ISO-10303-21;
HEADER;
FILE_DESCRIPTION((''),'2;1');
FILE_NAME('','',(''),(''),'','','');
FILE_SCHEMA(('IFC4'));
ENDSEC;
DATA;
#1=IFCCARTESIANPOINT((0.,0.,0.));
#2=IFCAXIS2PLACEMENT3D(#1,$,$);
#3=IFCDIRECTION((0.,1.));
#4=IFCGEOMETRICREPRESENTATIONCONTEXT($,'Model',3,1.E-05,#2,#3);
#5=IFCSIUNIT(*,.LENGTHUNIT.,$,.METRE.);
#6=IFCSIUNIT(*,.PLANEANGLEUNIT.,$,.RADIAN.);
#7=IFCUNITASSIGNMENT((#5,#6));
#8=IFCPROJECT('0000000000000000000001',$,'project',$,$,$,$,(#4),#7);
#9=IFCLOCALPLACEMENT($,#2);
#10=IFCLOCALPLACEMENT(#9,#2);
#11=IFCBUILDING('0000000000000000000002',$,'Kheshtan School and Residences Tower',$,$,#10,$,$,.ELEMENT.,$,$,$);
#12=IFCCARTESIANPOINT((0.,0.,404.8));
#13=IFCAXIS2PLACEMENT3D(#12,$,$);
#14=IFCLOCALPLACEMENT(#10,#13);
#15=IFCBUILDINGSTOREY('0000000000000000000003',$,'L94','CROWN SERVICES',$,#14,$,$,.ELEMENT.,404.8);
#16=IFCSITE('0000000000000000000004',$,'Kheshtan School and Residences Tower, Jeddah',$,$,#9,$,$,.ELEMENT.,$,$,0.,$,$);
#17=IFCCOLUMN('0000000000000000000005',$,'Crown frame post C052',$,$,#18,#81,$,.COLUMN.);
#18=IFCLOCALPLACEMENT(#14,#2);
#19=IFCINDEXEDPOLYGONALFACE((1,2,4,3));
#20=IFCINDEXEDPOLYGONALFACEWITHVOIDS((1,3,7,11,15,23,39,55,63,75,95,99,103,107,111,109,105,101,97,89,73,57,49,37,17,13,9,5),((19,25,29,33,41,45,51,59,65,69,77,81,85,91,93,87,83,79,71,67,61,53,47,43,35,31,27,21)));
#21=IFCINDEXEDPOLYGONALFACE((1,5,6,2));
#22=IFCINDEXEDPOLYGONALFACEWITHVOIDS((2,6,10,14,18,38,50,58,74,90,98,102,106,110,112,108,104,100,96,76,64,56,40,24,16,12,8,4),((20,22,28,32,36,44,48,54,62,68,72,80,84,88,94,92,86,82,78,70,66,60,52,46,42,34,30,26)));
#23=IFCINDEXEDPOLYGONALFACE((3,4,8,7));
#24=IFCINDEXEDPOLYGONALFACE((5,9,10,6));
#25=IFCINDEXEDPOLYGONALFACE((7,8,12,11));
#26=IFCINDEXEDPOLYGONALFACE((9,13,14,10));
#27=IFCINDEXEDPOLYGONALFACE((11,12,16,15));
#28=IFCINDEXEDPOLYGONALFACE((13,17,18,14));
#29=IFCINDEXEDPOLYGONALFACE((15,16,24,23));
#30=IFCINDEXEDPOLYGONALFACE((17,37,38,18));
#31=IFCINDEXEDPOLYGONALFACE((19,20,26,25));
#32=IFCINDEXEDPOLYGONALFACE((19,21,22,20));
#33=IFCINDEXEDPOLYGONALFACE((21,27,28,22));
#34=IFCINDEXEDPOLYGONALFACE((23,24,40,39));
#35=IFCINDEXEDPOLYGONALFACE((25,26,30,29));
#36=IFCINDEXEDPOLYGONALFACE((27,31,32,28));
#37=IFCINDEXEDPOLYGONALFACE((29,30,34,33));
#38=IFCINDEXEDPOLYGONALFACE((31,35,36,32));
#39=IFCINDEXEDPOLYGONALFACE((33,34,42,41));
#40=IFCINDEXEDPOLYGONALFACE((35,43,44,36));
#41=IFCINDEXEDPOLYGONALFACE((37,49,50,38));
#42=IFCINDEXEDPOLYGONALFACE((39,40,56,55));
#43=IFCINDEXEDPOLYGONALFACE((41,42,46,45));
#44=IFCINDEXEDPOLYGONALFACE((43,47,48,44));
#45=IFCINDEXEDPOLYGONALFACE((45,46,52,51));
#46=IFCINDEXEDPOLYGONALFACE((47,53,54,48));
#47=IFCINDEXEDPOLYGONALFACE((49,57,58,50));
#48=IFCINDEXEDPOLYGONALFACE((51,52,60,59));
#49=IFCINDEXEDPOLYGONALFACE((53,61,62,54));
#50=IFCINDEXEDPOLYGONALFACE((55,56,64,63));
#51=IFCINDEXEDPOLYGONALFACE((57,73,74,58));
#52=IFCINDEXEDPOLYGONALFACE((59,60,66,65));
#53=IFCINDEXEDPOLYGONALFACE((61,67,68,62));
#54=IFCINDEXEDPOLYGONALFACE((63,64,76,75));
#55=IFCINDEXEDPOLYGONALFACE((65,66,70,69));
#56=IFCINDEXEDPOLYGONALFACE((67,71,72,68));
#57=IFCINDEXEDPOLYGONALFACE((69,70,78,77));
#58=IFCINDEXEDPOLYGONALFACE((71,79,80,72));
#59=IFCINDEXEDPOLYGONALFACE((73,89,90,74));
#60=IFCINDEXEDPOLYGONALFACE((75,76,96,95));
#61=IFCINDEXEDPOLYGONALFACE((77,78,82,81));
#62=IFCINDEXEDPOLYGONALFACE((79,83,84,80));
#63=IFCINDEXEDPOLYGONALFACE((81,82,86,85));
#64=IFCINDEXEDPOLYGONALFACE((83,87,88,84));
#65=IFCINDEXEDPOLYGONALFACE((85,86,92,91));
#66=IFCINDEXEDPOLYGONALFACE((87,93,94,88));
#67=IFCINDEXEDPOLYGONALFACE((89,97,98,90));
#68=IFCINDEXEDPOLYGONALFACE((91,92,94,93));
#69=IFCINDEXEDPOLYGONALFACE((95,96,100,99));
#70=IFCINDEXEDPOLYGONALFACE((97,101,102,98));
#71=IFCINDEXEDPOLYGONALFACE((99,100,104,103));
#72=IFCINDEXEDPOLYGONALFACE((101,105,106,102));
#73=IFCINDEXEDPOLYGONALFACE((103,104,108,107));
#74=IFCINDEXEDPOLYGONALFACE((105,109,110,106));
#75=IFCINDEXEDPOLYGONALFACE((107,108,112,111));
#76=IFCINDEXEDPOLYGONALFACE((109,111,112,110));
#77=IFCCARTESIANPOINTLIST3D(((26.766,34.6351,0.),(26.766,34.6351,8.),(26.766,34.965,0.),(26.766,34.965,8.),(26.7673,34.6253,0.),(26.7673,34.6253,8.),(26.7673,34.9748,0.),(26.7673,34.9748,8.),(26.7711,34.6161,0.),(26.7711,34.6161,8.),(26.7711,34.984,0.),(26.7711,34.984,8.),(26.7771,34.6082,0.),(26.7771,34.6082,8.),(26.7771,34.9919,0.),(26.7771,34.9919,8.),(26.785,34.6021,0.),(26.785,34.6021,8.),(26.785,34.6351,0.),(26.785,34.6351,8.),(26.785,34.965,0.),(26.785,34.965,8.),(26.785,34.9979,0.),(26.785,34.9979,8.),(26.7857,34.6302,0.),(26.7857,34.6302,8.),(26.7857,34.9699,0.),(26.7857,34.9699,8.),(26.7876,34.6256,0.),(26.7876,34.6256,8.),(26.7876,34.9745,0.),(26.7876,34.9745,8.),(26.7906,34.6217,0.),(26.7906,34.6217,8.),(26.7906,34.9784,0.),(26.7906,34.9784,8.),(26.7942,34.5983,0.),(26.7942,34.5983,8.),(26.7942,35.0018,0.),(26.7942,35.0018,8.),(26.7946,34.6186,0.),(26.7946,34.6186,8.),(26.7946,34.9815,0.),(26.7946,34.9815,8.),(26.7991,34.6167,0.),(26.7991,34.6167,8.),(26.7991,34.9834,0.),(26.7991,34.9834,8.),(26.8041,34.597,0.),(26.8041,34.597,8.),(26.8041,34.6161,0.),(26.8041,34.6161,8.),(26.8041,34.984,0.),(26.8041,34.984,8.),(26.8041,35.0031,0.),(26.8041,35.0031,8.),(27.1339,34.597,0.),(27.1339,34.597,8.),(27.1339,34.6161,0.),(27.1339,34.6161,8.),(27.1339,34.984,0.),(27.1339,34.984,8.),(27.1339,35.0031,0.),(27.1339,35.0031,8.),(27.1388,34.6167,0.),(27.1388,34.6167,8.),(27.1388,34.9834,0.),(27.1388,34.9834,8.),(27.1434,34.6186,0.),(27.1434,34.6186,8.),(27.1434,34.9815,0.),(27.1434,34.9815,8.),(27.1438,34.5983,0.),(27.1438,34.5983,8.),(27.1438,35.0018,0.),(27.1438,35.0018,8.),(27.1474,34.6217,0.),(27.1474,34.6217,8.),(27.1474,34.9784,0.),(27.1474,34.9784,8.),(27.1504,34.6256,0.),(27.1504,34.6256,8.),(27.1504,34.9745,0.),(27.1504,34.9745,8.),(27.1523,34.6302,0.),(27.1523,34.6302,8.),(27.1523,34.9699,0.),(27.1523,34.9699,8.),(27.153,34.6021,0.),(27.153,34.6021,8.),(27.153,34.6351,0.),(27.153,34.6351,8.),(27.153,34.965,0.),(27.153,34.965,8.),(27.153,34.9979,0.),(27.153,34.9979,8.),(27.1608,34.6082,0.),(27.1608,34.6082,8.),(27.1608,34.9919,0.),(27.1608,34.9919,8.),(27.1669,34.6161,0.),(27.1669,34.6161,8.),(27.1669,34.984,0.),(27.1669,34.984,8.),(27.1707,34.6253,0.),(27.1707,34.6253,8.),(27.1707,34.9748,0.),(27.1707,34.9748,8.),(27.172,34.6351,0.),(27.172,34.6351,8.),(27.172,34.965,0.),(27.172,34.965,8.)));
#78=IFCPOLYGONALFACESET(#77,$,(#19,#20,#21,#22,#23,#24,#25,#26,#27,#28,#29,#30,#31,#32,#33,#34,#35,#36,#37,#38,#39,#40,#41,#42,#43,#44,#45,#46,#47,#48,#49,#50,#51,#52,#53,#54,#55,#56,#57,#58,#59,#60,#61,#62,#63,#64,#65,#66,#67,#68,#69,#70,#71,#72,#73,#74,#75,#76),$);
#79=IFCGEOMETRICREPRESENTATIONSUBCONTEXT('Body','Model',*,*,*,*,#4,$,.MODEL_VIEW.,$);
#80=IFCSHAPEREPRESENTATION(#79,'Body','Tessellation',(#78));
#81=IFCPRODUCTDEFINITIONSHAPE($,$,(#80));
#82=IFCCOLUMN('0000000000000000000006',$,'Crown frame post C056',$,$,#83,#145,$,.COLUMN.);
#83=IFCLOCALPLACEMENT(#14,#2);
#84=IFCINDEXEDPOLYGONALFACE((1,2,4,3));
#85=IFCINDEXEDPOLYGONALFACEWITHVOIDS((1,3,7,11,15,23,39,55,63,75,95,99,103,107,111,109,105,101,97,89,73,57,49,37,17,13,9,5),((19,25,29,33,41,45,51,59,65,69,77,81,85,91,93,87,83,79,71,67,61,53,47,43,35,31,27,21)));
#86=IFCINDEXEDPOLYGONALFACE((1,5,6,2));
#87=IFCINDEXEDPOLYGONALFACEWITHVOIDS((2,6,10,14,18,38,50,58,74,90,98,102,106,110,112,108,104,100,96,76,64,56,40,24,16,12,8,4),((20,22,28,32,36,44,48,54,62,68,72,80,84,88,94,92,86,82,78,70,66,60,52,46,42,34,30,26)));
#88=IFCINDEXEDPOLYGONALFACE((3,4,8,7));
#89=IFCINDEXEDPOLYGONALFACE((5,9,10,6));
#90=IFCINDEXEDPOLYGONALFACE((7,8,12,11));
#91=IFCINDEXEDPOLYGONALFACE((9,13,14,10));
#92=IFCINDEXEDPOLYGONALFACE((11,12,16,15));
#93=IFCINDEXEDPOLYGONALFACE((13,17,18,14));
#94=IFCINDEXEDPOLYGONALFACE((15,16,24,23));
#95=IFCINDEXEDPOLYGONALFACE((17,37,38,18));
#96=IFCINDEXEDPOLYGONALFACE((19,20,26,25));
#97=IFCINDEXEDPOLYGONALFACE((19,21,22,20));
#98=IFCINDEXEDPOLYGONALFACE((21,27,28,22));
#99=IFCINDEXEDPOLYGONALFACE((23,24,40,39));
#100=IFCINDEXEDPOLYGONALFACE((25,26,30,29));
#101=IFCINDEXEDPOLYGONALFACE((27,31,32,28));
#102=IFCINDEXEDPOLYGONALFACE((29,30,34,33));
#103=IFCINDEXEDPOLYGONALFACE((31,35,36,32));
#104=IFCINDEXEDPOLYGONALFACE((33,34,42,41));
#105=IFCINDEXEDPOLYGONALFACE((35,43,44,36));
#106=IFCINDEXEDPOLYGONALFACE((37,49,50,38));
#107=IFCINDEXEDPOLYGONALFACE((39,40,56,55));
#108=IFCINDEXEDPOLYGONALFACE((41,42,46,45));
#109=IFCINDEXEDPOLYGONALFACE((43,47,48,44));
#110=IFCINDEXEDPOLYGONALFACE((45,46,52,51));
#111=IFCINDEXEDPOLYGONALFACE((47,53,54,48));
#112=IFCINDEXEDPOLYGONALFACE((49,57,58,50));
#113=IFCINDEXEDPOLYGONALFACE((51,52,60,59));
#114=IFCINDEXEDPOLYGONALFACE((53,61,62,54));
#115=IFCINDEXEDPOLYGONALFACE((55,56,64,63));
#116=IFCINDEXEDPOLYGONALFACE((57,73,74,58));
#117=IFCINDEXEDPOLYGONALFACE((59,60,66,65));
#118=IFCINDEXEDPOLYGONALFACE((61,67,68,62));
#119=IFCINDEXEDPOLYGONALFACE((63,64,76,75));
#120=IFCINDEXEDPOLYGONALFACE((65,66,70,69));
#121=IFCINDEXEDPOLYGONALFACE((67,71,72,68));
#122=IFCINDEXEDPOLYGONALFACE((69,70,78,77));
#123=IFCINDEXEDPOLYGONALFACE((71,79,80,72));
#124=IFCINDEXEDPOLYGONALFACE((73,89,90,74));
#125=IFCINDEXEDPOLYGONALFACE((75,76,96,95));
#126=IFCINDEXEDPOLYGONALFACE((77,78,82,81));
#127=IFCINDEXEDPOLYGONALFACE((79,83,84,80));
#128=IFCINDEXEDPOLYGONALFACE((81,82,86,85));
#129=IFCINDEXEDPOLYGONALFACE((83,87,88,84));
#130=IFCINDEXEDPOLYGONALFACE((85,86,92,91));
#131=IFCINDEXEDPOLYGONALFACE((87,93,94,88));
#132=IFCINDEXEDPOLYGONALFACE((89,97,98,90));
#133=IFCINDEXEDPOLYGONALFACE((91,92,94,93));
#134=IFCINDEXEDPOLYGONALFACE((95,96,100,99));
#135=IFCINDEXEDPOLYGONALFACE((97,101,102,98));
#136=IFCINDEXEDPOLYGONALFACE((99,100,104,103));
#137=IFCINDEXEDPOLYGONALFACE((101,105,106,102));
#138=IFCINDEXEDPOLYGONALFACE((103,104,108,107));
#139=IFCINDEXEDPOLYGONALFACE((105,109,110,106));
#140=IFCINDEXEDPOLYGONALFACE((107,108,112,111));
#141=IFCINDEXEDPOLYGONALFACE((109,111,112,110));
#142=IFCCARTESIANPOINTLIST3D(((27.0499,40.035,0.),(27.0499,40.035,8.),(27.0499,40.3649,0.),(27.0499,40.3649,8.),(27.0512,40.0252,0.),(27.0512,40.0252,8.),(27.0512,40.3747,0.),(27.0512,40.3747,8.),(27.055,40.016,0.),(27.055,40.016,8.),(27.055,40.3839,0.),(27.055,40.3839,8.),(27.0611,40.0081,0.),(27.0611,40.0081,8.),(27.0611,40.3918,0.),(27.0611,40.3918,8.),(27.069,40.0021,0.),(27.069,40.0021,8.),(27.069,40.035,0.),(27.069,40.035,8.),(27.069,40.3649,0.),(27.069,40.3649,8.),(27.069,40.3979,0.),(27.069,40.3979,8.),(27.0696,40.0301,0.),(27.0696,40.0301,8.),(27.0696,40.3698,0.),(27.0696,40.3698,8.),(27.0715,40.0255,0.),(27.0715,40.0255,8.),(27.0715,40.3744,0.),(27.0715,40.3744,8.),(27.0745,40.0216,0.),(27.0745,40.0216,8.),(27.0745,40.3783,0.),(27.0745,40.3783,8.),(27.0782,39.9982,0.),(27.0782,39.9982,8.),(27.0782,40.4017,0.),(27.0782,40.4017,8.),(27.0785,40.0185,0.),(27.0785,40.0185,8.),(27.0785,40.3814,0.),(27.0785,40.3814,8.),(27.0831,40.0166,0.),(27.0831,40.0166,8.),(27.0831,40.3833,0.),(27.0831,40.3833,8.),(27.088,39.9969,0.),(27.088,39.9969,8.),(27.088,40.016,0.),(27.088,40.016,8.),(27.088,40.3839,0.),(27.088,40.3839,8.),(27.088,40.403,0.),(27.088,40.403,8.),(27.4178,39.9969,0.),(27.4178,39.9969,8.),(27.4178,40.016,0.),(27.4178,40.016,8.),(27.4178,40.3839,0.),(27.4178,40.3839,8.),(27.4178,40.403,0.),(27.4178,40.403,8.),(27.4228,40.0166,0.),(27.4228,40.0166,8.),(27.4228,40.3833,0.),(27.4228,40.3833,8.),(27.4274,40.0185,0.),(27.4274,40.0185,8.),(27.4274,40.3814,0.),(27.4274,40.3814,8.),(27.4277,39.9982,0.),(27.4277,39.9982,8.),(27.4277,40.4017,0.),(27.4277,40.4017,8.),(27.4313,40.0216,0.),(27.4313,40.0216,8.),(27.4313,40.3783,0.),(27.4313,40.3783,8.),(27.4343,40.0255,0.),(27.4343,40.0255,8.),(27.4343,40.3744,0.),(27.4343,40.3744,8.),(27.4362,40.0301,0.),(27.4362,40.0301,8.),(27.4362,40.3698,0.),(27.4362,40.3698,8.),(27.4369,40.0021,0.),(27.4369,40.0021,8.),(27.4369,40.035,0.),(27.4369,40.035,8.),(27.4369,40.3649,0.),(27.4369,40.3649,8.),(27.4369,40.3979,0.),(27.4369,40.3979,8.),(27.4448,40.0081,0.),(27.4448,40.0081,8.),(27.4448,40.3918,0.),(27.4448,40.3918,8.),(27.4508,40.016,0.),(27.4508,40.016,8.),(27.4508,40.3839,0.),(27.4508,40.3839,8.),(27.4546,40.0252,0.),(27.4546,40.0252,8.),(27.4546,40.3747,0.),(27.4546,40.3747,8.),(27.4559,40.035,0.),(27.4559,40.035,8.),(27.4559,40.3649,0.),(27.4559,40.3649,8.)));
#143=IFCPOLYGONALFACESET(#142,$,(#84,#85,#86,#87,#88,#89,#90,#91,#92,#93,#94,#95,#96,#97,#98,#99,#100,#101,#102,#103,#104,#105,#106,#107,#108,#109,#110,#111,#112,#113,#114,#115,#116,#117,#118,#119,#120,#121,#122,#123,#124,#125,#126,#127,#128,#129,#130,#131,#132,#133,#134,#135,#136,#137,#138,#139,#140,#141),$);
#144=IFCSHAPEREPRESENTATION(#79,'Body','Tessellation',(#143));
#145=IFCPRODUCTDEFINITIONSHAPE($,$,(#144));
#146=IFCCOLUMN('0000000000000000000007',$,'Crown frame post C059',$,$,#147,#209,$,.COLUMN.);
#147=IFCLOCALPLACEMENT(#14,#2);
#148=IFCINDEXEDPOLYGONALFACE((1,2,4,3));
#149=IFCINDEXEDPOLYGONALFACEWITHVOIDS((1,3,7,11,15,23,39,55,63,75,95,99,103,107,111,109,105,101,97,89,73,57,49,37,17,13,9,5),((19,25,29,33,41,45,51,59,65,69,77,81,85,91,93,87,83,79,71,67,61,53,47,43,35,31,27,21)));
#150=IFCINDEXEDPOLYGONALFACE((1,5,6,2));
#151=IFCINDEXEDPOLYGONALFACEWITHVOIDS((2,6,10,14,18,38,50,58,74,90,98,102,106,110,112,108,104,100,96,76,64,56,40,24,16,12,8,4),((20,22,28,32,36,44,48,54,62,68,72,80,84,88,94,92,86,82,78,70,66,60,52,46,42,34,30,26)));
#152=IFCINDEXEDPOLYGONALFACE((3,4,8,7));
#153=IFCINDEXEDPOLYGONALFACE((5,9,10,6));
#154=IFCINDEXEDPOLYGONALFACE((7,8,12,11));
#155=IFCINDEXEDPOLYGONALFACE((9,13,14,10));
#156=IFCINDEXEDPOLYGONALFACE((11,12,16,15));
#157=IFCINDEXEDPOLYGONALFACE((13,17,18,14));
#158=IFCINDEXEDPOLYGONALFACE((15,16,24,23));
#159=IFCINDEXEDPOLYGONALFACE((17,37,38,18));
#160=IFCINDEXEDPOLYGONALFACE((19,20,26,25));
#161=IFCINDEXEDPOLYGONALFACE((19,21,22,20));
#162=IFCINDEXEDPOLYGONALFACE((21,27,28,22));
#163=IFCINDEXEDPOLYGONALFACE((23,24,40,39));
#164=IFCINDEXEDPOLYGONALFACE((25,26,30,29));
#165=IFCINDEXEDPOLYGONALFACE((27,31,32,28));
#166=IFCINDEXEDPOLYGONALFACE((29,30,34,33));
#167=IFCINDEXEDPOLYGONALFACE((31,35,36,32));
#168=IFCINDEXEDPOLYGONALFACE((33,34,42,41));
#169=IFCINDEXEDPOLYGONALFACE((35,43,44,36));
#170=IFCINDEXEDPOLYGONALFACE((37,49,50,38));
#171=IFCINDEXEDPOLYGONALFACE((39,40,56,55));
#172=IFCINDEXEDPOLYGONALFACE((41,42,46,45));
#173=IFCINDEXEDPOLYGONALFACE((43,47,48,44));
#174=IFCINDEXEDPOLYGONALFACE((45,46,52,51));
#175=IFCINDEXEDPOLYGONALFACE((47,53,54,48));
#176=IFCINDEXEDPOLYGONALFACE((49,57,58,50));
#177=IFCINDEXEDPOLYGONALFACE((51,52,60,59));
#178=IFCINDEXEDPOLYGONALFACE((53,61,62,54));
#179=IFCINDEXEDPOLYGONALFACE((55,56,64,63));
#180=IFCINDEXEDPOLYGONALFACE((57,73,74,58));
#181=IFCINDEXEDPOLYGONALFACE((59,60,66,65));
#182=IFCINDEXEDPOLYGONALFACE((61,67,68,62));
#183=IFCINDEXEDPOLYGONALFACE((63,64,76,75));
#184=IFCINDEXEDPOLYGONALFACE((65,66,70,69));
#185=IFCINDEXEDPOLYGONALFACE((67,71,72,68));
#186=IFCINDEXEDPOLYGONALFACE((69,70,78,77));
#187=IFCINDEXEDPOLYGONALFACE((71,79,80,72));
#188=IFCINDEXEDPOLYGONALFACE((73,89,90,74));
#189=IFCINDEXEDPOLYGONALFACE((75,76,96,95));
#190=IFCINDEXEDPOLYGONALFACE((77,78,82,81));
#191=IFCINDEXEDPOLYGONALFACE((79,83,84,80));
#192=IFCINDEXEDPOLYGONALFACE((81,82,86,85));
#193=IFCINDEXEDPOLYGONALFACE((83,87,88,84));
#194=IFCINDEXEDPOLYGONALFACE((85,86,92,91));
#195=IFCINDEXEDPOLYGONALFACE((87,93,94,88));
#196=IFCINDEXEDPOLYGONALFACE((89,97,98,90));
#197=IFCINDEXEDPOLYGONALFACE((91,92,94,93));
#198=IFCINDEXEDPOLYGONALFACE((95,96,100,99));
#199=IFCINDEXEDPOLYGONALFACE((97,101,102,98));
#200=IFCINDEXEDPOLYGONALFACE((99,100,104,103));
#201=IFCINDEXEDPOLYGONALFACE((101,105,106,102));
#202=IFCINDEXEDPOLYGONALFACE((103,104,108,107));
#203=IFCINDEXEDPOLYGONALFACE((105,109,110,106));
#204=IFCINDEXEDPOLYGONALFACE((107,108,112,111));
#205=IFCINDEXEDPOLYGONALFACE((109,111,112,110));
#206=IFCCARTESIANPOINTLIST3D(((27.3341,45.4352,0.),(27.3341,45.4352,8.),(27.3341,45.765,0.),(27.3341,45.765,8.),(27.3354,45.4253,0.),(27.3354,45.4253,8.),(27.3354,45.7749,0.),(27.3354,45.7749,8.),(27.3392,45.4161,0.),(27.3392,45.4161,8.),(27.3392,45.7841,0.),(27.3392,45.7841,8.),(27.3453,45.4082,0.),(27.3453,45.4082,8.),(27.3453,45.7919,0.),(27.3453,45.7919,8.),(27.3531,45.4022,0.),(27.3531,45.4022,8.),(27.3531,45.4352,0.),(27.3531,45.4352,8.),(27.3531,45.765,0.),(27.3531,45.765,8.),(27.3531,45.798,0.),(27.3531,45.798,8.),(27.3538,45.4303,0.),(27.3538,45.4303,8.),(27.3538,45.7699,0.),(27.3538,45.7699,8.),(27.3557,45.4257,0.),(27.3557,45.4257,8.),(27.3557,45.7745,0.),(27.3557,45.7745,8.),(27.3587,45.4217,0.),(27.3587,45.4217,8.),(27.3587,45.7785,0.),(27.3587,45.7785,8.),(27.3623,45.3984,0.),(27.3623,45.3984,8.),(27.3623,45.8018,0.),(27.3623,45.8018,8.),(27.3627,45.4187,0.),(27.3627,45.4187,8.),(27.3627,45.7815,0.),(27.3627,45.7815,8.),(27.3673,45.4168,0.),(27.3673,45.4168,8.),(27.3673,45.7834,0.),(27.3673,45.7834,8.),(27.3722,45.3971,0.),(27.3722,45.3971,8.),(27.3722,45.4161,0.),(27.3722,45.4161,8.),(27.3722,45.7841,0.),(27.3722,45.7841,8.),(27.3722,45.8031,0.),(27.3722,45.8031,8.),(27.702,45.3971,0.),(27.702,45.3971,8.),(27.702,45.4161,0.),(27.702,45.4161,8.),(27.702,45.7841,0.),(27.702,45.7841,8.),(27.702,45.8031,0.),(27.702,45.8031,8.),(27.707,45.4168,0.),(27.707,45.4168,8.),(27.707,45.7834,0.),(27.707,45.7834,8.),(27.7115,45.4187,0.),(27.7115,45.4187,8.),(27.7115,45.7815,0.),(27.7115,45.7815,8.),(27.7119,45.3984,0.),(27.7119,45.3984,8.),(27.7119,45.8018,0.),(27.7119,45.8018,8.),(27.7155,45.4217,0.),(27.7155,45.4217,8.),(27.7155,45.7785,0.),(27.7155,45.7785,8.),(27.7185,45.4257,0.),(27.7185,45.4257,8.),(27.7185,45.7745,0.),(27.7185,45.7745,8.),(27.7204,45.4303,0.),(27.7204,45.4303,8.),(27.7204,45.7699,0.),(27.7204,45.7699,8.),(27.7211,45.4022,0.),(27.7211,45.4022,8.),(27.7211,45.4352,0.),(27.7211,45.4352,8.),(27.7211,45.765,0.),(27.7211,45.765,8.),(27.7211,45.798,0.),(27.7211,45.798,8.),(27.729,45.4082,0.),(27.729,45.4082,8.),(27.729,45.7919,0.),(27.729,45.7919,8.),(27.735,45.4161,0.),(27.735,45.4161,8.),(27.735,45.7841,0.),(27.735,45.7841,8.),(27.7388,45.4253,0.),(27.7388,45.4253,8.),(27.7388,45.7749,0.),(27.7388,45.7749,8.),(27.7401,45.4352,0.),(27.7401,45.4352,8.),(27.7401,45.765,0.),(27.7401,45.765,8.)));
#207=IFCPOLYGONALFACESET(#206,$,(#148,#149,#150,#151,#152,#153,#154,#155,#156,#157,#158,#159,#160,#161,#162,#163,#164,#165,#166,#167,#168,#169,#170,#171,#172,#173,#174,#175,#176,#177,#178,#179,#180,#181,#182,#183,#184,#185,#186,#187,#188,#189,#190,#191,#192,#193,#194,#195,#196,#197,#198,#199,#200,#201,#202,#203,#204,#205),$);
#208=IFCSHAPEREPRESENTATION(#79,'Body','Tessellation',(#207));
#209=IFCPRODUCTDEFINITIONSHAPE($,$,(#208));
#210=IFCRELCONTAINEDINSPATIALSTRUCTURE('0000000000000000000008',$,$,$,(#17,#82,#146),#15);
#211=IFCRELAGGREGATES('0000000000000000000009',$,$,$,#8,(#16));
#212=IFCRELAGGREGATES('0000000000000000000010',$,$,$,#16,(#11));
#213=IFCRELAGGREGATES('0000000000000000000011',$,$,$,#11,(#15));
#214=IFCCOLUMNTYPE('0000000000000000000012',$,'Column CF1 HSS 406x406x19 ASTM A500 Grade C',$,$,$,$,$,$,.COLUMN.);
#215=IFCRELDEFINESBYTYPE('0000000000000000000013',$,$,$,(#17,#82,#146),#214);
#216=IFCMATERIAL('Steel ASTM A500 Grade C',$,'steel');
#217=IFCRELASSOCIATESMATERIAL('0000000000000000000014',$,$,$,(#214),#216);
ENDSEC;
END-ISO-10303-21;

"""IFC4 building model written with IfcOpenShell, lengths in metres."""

from ifc_helpers import new_model, si_unit, direction, frame, origin, origin_2d, place, context, subcontext, project, spatial, hollow_rectangle, extrude, material, material_profile, profile_set, type_object, element, save


model = new_model("IFC4")

# Units and contexts
model_context = context("Model", 3, precision=1e-05, world=origin(), true_north=direction((0.0, 1.0)))
body_context = subcontext(model_context, "Body", "Model", "MODEL_VIEW")
ifc_project = project(units=[si_unit("LENGTHUNIT", "METRE"), si_unit("PLANEANGLEUNIT", "RADIAN")], contexts=[model_context])

# Site, building, storey
site_placement = place(None, origin())
site = spatial("IfcSite", under=ifc_project, at=site_placement, Name="Kheshtan School and Residences Tower, Jeddah", CompositionType="ELEMENT", RefElevation=0.0)
building_placement = place(site_placement, origin())
building = spatial("IfcBuilding", under=site, at=building_placement, Name="Kheshtan School and Residences Tower", CompositionType="ELEMENT")
storey_placement = place(building_placement, frame((0.0, 0.0, 404.8)))
storey = spatial("IfcBuildingStorey", under=building, at=storey_placement, Name="L94", Description="CROWN SERVICES", CompositionType="ELEMENT", Elevation=404.8)

# Columns
ifc_material_1 = material(Name="Steel ASTM A500 Grade C", Category="steel")
ifc_material_profile_1 = material_profile(ifc_material_1, hollow_rectangle(XDim=0.406, YDim=0.406, WallThickness=0.019, InnerFilletRadius=0.019, OuterFilletRadius=0.0381, at=origin_2d()), Name="HSS 406x406x19")
ifc_profile_set_1 = profile_set([ifc_material_profile_1], Name="Steel ASTM A500 Grade C")
column_type_1 = type_object("IfcColumnType", Name="Column CF1 HSS 406x406x19 ASTM A500 Grade C", PredefinedType="COLUMN", material=ifc_profile_set_1)
for number, where, z_axis, x_axis, name in (
    (1, (26.969, 34.8, 0.0), (0.0, 0.0, 1.0), (1.0, 0.0, 0.0), "Crown frame post C052"),
    (2, (27.2529, 40.2, 0.0), (0.0, 0.0, 1.0), (1.0, 0.0, 0.0), "Crown frame post C056"),
    (3, (27.5371, 45.6001, 0.0), (0.0, 0.0, 1.0), (1.0, 0.0, 0.0), "Crown frame post C059"),
):
    element("IfcColumn", number, at=place(storey_placement, frame(where, z_axis=z_axis, x_axis=x_axis)), inside=storey, type_object=column_type_1, Name=name, PredefinedType="COLUMN", context=body_context, shape_type="SweptSolid", body=[
        extrude(hollow_rectangle(XDim=0.406, YDim=0.406, WallThickness=0.019, InnerFilletRadius=0.019, OuterFilletRadius=0.0381, at=origin_2d()), origin(), (0.0, 0.0, 1.0), 8.0),
    ])

save(model, "model.ifc")
